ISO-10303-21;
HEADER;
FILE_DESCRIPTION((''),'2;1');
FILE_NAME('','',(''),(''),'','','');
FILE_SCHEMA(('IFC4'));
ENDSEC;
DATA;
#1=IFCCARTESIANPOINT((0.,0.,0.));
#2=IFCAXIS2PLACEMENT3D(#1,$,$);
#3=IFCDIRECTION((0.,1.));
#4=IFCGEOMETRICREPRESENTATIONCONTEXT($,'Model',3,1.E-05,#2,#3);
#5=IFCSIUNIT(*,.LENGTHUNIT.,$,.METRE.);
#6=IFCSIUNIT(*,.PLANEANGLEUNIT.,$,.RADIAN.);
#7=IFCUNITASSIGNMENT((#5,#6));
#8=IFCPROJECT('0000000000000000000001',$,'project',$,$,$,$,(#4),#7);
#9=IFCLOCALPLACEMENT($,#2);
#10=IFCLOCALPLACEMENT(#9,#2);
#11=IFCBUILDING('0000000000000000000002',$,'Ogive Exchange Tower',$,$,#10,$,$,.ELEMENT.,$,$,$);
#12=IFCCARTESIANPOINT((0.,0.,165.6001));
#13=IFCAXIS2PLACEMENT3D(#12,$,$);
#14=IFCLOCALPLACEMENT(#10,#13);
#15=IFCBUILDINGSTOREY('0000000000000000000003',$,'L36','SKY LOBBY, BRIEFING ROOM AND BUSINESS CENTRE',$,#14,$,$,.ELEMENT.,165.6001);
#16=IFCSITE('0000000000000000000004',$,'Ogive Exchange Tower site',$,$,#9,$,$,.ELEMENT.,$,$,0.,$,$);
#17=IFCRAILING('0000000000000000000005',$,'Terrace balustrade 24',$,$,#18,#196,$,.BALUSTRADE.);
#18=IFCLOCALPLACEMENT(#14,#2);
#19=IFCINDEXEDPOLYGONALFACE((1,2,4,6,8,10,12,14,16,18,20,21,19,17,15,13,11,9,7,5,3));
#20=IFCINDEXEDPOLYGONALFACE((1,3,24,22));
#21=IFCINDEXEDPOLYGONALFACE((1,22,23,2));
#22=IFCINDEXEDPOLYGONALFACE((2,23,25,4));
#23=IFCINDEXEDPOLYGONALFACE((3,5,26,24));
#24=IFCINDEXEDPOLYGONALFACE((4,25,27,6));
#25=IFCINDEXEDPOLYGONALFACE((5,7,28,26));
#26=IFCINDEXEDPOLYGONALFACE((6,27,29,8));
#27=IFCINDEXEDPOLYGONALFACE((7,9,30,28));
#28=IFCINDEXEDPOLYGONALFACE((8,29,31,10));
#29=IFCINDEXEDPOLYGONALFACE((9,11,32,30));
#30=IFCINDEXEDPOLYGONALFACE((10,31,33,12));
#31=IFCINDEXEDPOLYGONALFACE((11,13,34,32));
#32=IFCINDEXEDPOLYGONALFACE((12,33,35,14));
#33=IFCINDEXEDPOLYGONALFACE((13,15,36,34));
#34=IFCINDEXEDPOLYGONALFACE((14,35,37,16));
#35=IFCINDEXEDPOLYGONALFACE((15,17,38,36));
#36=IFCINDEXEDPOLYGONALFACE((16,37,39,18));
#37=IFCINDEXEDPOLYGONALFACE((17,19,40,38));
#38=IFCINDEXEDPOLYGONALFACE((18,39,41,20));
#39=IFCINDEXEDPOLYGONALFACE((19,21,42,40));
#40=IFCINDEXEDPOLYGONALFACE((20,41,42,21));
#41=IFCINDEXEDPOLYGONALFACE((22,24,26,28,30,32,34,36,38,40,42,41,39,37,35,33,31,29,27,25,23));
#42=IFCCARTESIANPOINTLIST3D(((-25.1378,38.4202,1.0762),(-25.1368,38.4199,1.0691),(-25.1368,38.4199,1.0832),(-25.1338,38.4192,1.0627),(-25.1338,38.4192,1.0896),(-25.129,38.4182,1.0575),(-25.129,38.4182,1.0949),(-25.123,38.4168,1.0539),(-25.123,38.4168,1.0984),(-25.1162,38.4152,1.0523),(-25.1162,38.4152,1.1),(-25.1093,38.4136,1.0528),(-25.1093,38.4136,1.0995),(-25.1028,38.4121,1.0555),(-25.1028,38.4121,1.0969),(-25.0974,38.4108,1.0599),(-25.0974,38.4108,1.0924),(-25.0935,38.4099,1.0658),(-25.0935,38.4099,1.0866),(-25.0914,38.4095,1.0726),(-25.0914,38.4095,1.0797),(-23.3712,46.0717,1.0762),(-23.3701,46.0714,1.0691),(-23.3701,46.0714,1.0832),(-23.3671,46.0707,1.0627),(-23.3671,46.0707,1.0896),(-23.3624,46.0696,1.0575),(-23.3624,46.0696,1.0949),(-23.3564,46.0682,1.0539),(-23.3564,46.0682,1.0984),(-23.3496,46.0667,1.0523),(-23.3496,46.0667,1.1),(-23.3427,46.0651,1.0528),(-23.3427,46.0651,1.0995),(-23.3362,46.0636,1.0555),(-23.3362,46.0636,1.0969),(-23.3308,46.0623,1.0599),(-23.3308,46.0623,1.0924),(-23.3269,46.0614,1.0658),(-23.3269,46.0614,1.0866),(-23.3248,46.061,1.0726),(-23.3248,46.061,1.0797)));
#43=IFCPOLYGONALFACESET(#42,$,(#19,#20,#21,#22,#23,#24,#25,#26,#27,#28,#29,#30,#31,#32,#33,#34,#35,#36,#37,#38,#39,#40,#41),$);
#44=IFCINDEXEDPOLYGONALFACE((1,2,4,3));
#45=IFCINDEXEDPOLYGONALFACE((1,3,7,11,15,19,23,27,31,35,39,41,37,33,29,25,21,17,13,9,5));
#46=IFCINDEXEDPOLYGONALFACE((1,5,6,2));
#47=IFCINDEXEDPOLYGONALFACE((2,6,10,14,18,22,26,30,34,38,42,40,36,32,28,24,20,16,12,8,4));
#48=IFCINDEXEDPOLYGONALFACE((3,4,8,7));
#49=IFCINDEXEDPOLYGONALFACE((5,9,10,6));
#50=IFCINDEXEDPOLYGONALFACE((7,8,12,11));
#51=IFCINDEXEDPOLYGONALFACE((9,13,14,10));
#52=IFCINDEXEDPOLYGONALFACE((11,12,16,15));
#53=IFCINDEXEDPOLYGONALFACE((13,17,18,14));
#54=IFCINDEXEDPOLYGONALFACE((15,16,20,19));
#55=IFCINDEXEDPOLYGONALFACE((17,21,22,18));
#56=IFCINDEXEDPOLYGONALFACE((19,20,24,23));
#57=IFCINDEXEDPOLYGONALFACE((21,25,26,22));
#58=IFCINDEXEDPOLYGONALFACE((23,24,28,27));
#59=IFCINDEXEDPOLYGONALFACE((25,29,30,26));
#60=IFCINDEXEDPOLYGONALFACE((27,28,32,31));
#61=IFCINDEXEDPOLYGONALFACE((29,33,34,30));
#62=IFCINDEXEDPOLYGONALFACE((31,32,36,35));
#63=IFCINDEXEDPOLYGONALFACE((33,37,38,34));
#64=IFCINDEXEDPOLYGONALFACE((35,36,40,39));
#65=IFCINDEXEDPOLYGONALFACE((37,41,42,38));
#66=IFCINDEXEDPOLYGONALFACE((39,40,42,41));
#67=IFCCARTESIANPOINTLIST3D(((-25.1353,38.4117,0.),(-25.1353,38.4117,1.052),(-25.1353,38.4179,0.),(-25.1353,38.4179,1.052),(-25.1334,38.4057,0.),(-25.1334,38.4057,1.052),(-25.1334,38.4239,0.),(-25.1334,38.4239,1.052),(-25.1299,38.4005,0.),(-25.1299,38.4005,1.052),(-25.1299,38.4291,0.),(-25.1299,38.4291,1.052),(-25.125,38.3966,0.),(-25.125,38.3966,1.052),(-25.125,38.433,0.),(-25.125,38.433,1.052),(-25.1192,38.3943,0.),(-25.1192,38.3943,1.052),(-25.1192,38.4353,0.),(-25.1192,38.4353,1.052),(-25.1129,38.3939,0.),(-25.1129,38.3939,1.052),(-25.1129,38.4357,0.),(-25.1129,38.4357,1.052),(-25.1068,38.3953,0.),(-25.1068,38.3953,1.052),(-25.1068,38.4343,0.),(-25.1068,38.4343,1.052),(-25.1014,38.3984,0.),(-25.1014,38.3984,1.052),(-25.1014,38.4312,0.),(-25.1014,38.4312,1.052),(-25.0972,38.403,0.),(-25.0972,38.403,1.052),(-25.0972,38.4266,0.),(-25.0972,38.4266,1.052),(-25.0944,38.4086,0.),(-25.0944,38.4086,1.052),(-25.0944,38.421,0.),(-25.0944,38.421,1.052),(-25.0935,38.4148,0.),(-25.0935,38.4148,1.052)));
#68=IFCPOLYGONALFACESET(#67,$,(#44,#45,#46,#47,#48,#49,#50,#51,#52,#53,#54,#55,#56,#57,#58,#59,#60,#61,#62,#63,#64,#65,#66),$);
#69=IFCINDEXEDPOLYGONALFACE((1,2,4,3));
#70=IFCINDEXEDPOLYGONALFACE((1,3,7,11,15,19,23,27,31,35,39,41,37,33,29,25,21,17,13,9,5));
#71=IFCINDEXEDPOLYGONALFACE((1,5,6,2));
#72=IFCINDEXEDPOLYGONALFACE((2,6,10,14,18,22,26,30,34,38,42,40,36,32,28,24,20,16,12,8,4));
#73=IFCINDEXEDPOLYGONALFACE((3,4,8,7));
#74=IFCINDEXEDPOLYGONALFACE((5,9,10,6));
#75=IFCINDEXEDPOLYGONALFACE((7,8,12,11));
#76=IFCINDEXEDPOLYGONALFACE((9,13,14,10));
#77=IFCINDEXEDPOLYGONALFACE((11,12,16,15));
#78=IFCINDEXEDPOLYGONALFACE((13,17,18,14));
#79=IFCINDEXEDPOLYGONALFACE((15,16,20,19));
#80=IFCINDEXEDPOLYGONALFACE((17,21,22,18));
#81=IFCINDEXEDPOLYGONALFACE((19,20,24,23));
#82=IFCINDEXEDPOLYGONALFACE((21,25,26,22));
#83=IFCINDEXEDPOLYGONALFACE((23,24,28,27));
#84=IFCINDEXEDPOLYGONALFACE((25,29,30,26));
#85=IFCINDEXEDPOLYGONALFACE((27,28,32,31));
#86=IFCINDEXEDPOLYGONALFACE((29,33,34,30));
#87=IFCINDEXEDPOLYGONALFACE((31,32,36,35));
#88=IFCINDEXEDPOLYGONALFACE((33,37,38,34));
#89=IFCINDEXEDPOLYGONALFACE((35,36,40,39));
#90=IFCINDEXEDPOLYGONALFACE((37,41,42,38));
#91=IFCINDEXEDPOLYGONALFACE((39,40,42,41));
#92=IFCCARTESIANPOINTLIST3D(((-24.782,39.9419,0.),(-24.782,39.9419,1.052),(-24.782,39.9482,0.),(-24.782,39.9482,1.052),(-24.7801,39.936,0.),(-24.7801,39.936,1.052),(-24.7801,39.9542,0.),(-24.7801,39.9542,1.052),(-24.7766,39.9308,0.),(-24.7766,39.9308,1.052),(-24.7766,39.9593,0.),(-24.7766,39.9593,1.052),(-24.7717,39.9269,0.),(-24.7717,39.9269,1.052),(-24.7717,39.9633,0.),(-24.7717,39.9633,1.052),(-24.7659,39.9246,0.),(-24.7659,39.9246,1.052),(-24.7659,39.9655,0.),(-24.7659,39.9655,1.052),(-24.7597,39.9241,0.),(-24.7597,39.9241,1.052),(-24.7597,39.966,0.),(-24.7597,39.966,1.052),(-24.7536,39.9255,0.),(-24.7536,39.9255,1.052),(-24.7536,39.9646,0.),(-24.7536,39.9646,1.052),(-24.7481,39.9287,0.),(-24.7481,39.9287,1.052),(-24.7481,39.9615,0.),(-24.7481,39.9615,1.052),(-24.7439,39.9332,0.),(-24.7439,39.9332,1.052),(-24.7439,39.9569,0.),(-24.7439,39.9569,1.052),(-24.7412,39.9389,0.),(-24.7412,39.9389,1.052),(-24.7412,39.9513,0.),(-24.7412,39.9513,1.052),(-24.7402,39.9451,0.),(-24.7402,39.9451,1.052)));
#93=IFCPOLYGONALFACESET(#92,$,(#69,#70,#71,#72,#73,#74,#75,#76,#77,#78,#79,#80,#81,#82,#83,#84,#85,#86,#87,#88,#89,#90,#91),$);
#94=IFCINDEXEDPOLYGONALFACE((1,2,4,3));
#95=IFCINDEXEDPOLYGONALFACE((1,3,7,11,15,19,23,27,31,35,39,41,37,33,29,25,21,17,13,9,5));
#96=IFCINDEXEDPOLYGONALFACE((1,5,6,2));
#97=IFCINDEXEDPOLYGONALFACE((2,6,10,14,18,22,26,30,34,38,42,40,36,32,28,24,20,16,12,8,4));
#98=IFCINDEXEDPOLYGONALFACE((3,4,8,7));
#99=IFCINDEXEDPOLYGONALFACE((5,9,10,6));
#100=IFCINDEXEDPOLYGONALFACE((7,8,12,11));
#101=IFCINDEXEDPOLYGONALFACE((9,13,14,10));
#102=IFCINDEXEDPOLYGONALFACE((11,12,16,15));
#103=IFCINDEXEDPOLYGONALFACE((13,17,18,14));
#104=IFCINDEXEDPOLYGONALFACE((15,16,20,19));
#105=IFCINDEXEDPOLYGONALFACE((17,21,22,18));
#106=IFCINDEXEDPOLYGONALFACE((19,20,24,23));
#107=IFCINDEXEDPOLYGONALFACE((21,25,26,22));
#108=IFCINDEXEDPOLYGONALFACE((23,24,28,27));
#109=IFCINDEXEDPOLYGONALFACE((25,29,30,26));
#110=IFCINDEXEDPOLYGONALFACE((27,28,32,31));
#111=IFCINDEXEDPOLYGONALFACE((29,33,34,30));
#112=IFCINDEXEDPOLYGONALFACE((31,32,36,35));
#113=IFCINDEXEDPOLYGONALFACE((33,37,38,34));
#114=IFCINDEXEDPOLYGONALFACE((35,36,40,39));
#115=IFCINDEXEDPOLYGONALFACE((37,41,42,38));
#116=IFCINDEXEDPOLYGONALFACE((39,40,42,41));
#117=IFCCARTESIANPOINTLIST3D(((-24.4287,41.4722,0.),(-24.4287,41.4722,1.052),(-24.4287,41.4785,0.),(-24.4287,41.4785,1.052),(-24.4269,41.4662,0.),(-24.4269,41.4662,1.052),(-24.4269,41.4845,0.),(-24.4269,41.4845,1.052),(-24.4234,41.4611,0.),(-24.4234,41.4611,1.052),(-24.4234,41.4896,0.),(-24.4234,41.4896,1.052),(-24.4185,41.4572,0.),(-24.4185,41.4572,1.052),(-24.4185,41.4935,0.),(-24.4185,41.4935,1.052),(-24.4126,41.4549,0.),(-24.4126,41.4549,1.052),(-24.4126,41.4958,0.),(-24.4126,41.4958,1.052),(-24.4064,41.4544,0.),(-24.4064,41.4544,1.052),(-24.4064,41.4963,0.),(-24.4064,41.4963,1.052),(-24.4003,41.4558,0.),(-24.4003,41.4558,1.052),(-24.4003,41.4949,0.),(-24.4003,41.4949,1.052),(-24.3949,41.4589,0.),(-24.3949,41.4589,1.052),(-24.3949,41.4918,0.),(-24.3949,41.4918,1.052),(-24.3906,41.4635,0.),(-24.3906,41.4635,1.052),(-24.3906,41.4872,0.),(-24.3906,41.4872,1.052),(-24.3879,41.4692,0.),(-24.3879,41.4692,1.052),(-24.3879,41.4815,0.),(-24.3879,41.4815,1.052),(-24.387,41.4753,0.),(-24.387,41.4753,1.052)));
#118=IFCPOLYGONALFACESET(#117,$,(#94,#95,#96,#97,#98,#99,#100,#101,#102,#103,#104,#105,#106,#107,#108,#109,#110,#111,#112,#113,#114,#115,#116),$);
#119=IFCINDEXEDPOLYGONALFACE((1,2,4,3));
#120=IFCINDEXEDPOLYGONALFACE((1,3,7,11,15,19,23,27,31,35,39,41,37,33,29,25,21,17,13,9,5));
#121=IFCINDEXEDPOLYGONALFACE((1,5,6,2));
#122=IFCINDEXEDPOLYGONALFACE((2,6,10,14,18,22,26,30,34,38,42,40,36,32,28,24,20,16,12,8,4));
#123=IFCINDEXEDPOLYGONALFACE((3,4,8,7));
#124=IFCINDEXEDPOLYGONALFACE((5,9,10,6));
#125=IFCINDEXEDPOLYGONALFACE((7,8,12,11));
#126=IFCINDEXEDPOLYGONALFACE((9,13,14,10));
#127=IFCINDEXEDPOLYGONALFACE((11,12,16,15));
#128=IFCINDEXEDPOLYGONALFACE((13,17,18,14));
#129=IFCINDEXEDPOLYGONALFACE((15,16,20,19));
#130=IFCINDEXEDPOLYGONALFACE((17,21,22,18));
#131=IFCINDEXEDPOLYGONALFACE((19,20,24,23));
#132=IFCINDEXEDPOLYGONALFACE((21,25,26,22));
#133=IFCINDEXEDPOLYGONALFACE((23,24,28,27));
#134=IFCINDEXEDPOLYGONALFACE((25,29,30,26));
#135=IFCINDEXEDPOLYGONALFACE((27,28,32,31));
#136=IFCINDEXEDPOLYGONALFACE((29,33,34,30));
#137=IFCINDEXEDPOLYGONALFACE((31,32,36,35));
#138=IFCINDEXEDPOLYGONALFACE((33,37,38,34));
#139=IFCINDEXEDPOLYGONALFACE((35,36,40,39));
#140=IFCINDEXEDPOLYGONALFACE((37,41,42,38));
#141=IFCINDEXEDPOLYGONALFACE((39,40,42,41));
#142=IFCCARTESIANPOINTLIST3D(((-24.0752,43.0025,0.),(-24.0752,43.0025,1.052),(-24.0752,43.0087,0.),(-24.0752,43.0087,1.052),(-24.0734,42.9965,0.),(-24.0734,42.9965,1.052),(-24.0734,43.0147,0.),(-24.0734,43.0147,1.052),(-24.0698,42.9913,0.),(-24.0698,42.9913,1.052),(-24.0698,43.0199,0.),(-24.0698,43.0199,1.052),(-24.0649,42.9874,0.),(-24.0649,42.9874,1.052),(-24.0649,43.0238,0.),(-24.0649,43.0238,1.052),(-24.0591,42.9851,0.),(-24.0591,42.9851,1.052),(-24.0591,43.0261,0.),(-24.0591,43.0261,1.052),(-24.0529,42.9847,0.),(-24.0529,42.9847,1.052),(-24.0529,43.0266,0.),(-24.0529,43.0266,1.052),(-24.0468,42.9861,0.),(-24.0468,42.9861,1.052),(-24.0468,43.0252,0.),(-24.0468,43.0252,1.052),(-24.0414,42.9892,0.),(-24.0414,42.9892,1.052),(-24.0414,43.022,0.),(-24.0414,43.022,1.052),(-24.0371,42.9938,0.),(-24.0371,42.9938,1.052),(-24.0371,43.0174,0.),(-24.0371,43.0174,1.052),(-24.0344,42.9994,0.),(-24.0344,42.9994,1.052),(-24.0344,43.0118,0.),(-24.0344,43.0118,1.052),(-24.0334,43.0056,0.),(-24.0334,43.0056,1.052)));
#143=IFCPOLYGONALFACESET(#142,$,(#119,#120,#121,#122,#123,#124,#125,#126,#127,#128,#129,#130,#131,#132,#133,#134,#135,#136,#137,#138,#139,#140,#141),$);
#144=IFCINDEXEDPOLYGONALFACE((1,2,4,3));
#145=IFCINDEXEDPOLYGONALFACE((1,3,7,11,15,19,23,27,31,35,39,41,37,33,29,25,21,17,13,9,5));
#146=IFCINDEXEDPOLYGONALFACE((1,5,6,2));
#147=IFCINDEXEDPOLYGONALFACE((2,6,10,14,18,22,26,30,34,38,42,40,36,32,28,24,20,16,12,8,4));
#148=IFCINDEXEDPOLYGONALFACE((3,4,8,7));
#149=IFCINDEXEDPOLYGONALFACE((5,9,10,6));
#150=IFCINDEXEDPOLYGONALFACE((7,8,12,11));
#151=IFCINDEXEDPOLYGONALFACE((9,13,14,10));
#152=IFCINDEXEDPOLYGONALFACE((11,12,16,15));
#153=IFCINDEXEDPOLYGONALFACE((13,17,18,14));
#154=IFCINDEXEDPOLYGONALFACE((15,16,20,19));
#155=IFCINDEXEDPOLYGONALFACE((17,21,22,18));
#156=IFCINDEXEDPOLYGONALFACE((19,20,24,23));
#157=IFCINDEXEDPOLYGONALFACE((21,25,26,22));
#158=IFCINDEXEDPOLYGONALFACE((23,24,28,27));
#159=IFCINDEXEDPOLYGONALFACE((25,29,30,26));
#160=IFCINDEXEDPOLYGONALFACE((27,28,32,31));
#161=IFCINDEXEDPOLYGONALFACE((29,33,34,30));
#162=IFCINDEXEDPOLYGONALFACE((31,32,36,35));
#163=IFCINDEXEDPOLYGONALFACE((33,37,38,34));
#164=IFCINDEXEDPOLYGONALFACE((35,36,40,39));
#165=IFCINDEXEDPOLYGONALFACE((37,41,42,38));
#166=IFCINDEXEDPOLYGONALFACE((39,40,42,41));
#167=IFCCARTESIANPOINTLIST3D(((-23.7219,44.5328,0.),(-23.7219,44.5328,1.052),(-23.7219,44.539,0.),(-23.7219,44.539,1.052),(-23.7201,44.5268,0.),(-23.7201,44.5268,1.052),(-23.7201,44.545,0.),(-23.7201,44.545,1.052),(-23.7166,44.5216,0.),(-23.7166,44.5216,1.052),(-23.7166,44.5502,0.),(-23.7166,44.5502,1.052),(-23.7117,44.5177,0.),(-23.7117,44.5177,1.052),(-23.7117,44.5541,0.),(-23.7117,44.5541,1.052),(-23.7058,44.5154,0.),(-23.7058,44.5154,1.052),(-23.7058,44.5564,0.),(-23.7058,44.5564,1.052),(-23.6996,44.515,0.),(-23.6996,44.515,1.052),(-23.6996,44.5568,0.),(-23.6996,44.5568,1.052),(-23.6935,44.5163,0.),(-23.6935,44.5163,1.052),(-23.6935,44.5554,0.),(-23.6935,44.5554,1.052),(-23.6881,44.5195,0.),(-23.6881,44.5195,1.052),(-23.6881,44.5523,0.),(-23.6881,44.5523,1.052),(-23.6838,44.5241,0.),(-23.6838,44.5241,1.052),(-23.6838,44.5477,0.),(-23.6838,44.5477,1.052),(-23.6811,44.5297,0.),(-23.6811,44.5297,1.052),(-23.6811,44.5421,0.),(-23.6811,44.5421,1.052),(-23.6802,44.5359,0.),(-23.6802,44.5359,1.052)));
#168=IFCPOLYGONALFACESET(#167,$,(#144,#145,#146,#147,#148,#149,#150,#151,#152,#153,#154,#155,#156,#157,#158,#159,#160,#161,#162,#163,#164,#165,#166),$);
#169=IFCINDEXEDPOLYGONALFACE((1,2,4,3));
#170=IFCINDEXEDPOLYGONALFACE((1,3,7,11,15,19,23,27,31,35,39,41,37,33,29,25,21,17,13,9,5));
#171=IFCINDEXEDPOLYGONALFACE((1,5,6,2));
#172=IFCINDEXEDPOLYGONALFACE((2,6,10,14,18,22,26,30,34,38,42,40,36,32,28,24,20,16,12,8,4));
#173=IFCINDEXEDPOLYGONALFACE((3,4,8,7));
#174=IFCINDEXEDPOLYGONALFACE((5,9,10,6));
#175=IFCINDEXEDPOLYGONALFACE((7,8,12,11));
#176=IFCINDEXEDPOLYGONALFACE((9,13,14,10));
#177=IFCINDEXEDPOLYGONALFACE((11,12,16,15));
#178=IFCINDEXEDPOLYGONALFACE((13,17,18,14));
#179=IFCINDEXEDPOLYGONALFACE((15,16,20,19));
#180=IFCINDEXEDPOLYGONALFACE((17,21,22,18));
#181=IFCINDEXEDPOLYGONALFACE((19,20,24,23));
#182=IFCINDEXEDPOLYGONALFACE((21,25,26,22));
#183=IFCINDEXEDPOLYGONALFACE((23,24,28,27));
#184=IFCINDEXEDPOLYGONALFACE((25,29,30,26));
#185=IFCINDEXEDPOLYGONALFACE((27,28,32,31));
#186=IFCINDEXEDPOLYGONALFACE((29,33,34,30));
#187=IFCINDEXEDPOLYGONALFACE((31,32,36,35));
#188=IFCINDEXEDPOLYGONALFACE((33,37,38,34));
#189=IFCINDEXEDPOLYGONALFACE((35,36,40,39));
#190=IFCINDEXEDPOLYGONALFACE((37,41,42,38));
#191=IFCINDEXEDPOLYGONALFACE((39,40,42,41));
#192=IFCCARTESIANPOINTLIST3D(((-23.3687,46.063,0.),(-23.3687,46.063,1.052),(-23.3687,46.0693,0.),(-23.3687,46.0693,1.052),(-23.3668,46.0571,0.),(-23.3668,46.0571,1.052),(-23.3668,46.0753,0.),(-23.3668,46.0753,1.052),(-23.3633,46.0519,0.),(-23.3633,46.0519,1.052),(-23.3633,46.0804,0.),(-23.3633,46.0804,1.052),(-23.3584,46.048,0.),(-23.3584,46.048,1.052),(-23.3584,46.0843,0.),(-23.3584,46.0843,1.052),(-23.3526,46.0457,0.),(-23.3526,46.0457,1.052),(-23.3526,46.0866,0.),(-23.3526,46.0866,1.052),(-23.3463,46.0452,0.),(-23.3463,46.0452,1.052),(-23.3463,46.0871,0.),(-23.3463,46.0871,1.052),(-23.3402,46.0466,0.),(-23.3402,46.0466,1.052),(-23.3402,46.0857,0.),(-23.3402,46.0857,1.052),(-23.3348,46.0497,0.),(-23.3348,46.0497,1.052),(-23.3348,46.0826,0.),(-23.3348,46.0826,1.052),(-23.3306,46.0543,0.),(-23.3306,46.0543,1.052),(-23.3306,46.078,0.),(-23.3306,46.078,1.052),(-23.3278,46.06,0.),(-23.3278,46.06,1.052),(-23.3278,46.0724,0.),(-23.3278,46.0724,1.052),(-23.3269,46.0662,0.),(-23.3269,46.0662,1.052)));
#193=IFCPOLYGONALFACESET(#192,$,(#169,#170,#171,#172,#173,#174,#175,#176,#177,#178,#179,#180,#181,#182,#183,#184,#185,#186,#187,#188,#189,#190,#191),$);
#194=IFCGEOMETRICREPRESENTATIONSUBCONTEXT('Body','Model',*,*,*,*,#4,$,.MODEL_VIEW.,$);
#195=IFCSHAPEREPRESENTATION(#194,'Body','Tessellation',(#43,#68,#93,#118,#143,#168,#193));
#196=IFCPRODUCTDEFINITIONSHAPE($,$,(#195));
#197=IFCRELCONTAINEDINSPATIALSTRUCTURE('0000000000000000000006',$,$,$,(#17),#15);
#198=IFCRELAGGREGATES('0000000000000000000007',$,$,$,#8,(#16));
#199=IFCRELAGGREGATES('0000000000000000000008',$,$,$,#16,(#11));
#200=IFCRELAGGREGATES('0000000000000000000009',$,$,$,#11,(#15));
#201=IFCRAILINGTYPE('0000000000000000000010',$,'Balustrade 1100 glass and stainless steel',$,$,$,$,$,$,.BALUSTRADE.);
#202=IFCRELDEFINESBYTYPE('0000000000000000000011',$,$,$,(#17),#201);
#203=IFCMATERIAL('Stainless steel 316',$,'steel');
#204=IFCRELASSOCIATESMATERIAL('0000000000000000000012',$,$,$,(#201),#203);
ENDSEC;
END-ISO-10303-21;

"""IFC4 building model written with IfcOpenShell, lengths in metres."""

from ifc_helpers import new_model, si_unit, direction, frame, origin, origin_2d, place, context, subcontext, project, spatial, circle, extrude, material, type_object, element, save


model = new_model("IFC4")

# Units and contexts
model_context = context("Model", 3, precision=1e-05, world=origin(), true_north=direction((0.0, 1.0)))
body_context = subcontext(model_context, "Body", "Model", "MODEL_VIEW")
ifc_project = project(units=[si_unit("LENGTHUNIT", "METRE"), si_unit("PLANEANGLEUNIT", "RADIAN")], contexts=[model_context])

# Site, building, storey
site_placement = place(None, origin())
site = spatial("IfcSite", under=ifc_project, at=site_placement, Name="Ogive Exchange Tower site", CompositionType="ELEMENT", RefElevation=0.0)
building_placement = place(site_placement, origin())
building = spatial("IfcBuilding", under=site, at=building_placement, Name="Ogive Exchange Tower", CompositionType="ELEMENT")
storey_placement = place(building_placement, frame((0.0, 0.0, 165.6001)))
storey = spatial("IfcBuildingStorey", under=building, at=storey_placement, Name="L36", Description="SKY LOBBY, BRIEFING ROOM AND BUSINESS CENTRE", CompositionType="ELEMENT", Elevation=165.6001)

# Railing
ifc_material_1 = material(Name="Stainless steel 316", Category="steel")
railing_type_1 = type_object("IfcRailingType", Name="Balustrade 1100 glass and stainless steel", PredefinedType="BALUSTRADE", material=ifc_material_1)
railing_1_placement = place(storey_placement, frame((-25.1145, 38.4148, 0.0)))
element("IfcRailing", 1, at=railing_1_placement, inside=storey, type_object=railing_type_1, Name="Terrace balustrade 24", PredefinedType="BALUSTRADE", context=body_context, shape_type="SweptSolid", body=[
    extrude(circle(Radius=0.0239, at=origin_2d()), frame((0.0, 0.0, 1.0762), z_axis=(0.224968, 0.974366, 0.0), x_axis=(-0.974366, 0.224968, 0.0)), (0.0, 0.0, 1.0), 7.8528),
    extrude(circle(Radius=0.021, at=origin_2d()), origin(), (0.0, 0.0, 1.0), 1.052),
    extrude(circle(Radius=0.021, at=origin_2d()), frame((0.3533, 1.5303, 0.0)), (0.0, 0.0, 1.0), 1.052),
    extrude(circle(Radius=0.021, at=origin_2d()), frame((0.7065, 3.0605, 0.0)), (0.0, 0.0, 1.0), 1.052),
    extrude(circle(Radius=0.021, at=origin_2d()), frame((1.0601, 4.5908, 0.0)), (0.0, 0.0, 1.0), 1.052),
    extrude(circle(Radius=0.021, at=origin_2d()), frame((1.4133, 6.1211, 0.0)), (0.0, 0.0, 1.0), 1.052),
    extrude(circle(Radius=0.021, at=origin_2d()), frame((1.7666, 7.6514, 0.0)), (0.0, 0.0, 1.0), 1.052),
])

save(model, "model.ifc")
